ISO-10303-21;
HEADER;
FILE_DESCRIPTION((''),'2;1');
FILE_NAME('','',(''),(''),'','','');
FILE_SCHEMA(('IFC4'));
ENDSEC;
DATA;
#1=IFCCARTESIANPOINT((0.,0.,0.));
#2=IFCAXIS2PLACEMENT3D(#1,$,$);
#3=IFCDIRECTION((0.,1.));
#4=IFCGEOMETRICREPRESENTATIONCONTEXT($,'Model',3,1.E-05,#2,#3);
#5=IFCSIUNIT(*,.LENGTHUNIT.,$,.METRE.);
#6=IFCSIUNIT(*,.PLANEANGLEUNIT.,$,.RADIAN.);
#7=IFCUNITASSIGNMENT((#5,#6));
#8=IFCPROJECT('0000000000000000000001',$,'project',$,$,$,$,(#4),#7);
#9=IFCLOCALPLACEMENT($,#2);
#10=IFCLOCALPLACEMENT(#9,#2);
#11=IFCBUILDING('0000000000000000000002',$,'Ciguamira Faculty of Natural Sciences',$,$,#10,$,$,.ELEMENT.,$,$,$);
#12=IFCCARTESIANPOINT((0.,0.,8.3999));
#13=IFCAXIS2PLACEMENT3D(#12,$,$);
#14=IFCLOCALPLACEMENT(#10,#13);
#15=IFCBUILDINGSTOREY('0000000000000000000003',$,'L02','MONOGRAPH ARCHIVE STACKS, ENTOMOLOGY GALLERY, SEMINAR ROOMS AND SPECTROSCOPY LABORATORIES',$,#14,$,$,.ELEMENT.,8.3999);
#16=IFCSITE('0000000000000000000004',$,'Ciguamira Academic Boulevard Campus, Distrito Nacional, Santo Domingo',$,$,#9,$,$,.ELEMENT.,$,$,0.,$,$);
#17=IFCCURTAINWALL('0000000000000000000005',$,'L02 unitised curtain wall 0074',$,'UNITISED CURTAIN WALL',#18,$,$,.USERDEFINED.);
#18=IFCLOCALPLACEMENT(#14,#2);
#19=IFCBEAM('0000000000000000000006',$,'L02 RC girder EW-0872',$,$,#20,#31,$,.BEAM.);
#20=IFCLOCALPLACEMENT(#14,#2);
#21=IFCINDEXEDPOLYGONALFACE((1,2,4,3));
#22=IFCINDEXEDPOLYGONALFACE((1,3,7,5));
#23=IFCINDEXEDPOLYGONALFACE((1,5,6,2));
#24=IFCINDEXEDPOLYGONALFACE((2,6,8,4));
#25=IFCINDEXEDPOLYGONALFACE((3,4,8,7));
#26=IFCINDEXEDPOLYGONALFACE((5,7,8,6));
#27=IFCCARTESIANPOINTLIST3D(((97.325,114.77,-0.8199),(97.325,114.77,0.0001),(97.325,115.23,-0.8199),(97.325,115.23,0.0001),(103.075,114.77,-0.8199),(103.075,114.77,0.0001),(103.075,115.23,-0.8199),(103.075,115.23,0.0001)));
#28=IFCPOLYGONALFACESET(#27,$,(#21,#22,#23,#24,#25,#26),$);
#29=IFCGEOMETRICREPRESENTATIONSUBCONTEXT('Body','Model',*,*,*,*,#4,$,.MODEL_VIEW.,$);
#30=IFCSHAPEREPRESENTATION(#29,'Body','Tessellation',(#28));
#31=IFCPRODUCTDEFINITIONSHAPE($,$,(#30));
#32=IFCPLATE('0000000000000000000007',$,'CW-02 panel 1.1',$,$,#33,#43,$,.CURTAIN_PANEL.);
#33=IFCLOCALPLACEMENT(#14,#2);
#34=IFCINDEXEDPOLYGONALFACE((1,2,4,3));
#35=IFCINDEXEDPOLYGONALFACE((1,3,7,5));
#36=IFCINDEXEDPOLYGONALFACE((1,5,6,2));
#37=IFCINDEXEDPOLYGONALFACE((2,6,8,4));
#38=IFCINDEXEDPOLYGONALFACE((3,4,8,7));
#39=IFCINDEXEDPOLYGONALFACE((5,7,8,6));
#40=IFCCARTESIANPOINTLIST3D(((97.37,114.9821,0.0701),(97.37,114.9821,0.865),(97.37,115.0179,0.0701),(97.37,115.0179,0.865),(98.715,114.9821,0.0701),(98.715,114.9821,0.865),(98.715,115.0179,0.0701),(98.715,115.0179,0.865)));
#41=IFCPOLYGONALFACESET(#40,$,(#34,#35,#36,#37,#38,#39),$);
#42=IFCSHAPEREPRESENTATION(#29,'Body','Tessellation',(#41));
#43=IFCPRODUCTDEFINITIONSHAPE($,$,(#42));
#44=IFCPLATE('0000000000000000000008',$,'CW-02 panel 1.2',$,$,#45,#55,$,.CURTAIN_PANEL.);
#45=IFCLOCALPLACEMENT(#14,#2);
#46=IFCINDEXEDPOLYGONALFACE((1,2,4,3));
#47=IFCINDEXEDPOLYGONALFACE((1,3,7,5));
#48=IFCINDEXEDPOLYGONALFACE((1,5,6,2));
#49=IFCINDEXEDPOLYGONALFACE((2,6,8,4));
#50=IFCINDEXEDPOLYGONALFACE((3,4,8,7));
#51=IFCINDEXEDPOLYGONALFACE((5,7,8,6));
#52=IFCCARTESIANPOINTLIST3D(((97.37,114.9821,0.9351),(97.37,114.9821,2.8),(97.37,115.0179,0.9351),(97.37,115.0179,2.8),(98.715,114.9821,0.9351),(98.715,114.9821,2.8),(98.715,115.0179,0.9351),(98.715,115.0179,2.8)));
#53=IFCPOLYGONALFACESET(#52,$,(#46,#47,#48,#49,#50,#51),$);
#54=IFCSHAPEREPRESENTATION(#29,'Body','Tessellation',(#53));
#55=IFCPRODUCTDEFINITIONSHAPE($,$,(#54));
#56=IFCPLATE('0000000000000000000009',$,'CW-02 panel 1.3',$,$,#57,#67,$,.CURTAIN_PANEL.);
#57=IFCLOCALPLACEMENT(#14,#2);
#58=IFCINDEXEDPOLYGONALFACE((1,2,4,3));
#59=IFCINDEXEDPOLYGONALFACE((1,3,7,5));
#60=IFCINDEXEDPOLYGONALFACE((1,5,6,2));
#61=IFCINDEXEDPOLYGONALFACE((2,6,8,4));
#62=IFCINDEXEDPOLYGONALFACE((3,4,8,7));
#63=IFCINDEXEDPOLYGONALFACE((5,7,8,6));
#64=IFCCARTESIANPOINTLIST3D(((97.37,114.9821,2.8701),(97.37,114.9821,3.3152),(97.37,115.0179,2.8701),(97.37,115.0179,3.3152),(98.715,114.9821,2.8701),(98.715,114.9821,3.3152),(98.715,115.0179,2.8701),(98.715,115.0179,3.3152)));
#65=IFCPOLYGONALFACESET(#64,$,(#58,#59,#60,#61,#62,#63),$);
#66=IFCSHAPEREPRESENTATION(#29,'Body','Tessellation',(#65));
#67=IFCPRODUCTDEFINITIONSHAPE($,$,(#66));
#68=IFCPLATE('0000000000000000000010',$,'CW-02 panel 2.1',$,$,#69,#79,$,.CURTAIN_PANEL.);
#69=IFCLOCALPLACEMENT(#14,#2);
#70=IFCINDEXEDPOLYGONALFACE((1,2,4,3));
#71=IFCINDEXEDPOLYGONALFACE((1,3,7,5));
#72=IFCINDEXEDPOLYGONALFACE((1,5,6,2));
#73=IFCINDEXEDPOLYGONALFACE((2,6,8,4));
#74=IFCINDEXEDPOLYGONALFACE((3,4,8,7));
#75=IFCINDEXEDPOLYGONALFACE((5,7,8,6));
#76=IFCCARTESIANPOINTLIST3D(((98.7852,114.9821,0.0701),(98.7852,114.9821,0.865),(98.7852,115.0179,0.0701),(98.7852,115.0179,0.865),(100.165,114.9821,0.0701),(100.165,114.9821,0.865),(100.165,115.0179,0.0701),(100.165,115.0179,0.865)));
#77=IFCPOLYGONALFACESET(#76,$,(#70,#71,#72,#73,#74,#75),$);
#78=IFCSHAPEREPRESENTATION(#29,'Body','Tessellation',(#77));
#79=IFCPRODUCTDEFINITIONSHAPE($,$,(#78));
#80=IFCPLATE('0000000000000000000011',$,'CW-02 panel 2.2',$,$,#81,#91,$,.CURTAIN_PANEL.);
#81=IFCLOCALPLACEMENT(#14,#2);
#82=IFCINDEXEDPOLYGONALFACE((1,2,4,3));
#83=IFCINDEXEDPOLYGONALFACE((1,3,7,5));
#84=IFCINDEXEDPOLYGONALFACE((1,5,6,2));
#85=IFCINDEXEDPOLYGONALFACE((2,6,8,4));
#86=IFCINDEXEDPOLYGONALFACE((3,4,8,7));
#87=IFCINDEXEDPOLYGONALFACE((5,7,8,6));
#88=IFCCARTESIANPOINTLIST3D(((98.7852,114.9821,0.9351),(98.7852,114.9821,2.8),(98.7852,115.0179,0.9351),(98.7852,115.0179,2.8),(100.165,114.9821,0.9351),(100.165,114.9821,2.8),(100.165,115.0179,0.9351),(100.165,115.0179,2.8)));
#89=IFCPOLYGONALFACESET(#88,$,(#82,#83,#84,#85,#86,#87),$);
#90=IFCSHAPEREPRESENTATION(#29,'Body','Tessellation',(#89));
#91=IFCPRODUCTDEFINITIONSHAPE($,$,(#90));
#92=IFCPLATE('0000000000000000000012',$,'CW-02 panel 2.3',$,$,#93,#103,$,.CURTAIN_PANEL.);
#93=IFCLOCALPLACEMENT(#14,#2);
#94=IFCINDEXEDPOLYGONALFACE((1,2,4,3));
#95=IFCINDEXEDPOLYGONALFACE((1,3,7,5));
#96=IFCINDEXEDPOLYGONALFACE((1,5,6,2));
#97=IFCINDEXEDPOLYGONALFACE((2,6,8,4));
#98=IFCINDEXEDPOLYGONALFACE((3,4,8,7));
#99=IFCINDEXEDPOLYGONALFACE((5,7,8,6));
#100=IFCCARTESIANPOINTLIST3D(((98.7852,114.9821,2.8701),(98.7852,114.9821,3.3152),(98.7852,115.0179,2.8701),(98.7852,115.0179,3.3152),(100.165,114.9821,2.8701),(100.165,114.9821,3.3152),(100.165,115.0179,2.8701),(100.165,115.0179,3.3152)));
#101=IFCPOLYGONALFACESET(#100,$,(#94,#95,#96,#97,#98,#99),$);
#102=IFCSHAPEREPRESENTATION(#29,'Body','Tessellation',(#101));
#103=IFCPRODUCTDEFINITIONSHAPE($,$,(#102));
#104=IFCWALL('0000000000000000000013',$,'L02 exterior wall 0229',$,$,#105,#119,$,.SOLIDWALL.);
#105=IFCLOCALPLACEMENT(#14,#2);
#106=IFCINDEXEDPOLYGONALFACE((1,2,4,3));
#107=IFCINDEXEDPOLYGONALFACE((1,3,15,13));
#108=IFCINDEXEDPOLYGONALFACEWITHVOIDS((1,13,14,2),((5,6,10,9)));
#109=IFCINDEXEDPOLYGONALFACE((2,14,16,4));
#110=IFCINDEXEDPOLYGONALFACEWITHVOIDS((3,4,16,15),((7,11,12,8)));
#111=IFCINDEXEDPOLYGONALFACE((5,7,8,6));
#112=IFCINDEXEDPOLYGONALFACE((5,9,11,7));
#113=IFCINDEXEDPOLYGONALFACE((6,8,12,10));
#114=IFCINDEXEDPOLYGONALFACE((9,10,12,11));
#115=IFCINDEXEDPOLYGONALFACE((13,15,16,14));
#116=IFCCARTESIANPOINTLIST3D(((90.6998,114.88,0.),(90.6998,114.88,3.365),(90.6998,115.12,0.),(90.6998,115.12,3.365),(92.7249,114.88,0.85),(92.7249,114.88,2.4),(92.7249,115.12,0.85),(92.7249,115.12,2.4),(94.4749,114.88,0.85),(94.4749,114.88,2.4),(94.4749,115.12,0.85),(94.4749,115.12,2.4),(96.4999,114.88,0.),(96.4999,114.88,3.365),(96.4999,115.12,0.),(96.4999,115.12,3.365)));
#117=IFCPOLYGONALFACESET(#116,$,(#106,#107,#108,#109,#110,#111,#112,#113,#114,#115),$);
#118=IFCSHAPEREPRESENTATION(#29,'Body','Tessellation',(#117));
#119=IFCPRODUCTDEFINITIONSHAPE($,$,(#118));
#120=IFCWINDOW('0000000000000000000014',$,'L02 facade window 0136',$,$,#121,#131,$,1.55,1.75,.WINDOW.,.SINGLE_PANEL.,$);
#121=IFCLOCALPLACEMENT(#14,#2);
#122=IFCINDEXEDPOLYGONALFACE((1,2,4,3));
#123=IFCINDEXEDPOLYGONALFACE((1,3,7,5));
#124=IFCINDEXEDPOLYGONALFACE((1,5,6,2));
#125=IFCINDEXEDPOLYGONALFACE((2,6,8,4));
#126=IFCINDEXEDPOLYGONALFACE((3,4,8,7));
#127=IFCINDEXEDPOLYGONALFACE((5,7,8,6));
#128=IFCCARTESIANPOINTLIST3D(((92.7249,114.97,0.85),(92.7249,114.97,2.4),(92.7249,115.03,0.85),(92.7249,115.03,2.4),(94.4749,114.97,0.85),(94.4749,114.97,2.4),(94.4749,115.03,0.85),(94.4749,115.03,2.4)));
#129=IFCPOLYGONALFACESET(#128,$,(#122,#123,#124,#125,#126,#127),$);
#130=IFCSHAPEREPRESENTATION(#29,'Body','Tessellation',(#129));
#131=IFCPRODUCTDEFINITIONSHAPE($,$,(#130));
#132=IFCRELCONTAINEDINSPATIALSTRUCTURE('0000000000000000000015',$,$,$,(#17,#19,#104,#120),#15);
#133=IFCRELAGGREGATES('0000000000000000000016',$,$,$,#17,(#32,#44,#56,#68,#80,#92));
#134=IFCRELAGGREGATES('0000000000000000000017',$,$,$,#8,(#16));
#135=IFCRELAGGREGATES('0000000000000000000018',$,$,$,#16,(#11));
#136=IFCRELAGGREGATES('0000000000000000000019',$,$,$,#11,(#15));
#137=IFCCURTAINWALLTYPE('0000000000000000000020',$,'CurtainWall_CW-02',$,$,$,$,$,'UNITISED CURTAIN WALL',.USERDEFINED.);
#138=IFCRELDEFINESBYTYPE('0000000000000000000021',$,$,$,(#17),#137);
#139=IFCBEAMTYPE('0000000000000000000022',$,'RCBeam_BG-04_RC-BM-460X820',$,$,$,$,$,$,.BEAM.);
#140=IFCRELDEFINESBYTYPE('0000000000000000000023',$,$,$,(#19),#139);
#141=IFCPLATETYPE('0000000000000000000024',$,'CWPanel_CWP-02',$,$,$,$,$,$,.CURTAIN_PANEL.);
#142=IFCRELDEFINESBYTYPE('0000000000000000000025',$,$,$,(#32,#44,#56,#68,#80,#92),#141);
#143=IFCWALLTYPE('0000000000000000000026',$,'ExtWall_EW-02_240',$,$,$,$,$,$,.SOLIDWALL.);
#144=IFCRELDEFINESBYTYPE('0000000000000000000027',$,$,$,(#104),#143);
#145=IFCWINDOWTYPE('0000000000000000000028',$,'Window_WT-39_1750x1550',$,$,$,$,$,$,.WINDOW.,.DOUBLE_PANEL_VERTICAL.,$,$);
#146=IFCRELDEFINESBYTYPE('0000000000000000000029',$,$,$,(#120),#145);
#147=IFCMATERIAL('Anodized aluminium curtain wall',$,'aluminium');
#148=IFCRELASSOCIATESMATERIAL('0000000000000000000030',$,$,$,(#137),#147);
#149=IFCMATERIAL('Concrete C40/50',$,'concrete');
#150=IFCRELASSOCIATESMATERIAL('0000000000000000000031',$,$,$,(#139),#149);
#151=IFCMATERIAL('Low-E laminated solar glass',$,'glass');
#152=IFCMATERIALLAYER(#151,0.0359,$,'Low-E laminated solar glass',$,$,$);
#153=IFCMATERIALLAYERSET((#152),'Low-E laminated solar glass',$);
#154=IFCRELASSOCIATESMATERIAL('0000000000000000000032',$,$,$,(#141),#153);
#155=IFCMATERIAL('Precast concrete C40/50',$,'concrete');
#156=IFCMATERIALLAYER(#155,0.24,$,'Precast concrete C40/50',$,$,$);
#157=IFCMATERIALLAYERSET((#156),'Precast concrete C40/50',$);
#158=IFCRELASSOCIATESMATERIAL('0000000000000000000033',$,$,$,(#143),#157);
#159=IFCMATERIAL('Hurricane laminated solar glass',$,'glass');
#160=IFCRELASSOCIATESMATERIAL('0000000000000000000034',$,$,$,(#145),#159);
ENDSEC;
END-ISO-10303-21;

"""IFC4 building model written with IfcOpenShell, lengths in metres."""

from ifc_helpers import new_model, si_unit, direction, frame, frame_2d, origin, origin_2d, place, context, subcontext, project, spatial, rectangle, extrude, material, layer, layer_set, material_profile, profile_set, type_object, element, fill, aggregate, save


model = new_model("IFC4")

# Units and contexts
model_context = context("Model", 3, precision=1e-05, world=origin(), true_north=direction((0.0, 1.0)))
body_context = subcontext(model_context, "Body", "Model", "MODEL_VIEW")
ifc_project = project(units=[si_unit("LENGTHUNIT", "METRE"), si_unit("PLANEANGLEUNIT", "RADIAN")], contexts=[model_context])

# Site, building, storey
site_placement = place(None, origin())
site = spatial("IfcSite", under=ifc_project, at=site_placement, Name="Ciguamira Academic Boulevard Campus, Distrito Nacional, Santo Domingo", CompositionType="ELEMENT", RefElevation=0.0)
building_placement = place(site_placement, origin())
building = spatial("IfcBuilding", under=site, at=building_placement, Name="Ciguamira Faculty of Natural Sciences", CompositionType="ELEMENT")
storey_placement = place(building_placement, frame((0.0, 0.0, 8.3999)))
storey = spatial("IfcBuildingStorey", under=building, at=storey_placement, Name="L02", Description="MONOGRAPH ARCHIVE STACKS, ENTOMOLOGY GALLERY, SEMINAR ROOMS AND SPECTROSCOPY LABORATORIES", CompositionType="ELEMENT", Elevation=8.3999)

# Shared definitions
ifc_material_1 = material(Name="Anodized aluminium curtain wall", Category="aluminium")

# Curtain wall
curtain_wall_type_1 = type_object("IfcCurtainWallType", Name="CurtainWall_CW-02", ElementType="UNITISED CURTAIN WALL", PredefinedType="USERDEFINED", material=ifc_material_1)
curtain_wall_1_placement = place(storey_placement, origin())
curtain_wall_1 = element("IfcCurtainWall", 1, at=curtain_wall_1_placement, inside=storey, type_object=curtain_wall_type_1, Name="L02 unitised curtain wall 0074", ObjectType="UNITISED CURTAIN WALL", PredefinedType="USERDEFINED")

# Beam
ifc_material_2 = material(Name="Concrete C40/50", Category="concrete")
ifc_material_profile_1 = material_profile(ifc_material_2, rectangle(XDim=0.46, YDim=0.8201, at=origin_2d()), Name="RC-BM-460X820")
ifc_profile_set_1 = profile_set([ifc_material_profile_1], Name="Concrete C40/50")
beam_type_1 = type_object("IfcBeamType", Name="RCBeam_BG-04_RC-BM-460X820", PredefinedType="BEAM", material=ifc_profile_set_1)
beam_1_placement = place(storey_placement, frame((97.325, 115.0, -0.4099), z_axis=(1.0, 0.0, 0.0), x_axis=(0.0, 1.0, 0.0)))
element("IfcBeam", 2, at=beam_1_placement, inside=storey, type_object=beam_type_1, Name="L02 RC girder EW-0872", PredefinedType="BEAM", context=body_context, shape_type="SweptSolid", body=[
    extrude(rectangle(XDim=0.46, YDim=0.8201, at=origin_2d()), origin(), (0.0, 0.0, 1.0), 5.75),
])

# Plates
ifc_material_3 = material(Name="Low-E laminated solar glass", Category="glass")
ifc_layer_1 = layer(ifc_material_3, 0.0359, Name="Low-E laminated solar glass")
ifc_layer_set_1 = layer_set([ifc_layer_1], Name="Low-E laminated solar glass")
plate_type = type_object("IfcPlateType", Name="CWPanel_CWP-02", PredefinedType="CURTAIN_PANEL", material=ifc_layer_set_1)
plate_1_placement = place(storey_placement, frame((98.0425, 115.0, 0.0701), z_axis=(0.0, 0.0, 1.0), x_axis=(1.0, 0.0, 0.0)))
plate_1 = element("IfcPlate", 3, at=plate_1_placement, type_object=plate_type, Name="CW-02 panel 1.1", PredefinedType="CURTAIN_PANEL", context=body_context, shape_type="SweptSolid", body=[
    extrude(rectangle(XDim=1.345, YDim=0.0359, at=origin_2d()), origin(), (0.0, 0.0, 1.0), 0.7949),
])
plate_2_placement = place(storey_placement, frame((98.0425, 115.0, 0.9351), z_axis=(0.0, 0.0, 1.0), x_axis=(1.0, 0.0, 0.0)))
plate_2 = element("IfcPlate", 4, at=plate_2_placement, type_object=plate_type, Name="CW-02 panel 1.2", PredefinedType="CURTAIN_PANEL", context=body_context, shape_type="SweptSolid", body=[
    extrude(rectangle(XDim=1.345, YDim=0.0359, at=origin_2d()), origin(), (0.0, 0.0, 1.0), 1.865),
])
plate_3_placement = place(storey_placement, frame((98.0425, 115.0, 2.8701), z_axis=(0.0, 0.0, 1.0), x_axis=(1.0, 0.0, 0.0)))
plate_3 = element("IfcPlate", 5, at=plate_3_placement, type_object=plate_type, Name="CW-02 panel 1.3", PredefinedType="CURTAIN_PANEL", context=body_context, shape_type="SweptSolid", body=[
    extrude(rectangle(XDim=1.345, YDim=0.0359, at=origin_2d()), origin(), (0.0, 0.0, 1.0), 0.4451),
])
plate_4_placement = place(storey_placement, frame((99.4751, 115.0, 0.0701), z_axis=(0.0, 0.0, 1.0), x_axis=(1.0, 0.0, 0.0)))
plate_4 = element("IfcPlate", 6, at=plate_4_placement, type_object=plate_type, Name="CW-02 panel 2.1", PredefinedType="CURTAIN_PANEL", context=body_context, shape_type="SweptSolid", body=[
    extrude(rectangle(XDim=1.3799, YDim=0.0359, at=origin_2d()), origin(), (0.0, 0.0, 1.0), 0.7949),
])
plate_5_placement = place(storey_placement, frame((99.4751, 115.0, 0.9351), z_axis=(0.0, 0.0, 1.0), x_axis=(1.0, 0.0, 0.0)))
plate_5 = element("IfcPlate", 7, at=plate_5_placement, type_object=plate_type, Name="CW-02 panel 2.2", PredefinedType="CURTAIN_PANEL", context=body_context, shape_type="SweptSolid", body=[
    extrude(rectangle(XDim=1.3799, YDim=0.0359, at=origin_2d()), origin(), (0.0, 0.0, 1.0), 1.865),
])
plate_6_placement = place(storey_placement, frame((99.4751, 115.0, 2.8701), z_axis=(0.0, 0.0, 1.0), x_axis=(1.0, 0.0, 0.0)))
plate_6 = element("IfcPlate", 8, at=plate_6_placement, type_object=plate_type, Name="CW-02 panel 2.3", PredefinedType="CURTAIN_PANEL", context=body_context, shape_type="SweptSolid", body=[
    extrude(rectangle(XDim=1.3799, YDim=0.0359, at=origin_2d()), origin(), (0.0, 0.0, 1.0), 0.4451),
])
aggregate(curtain_wall_1, [plate_1, plate_2, plate_3, plate_4, plate_5, plate_6])

# Wall, opening, window
ifc_material_4 = material(Name="Precast concrete C40/50", Category="concrete")
ifc_layer_2 = layer(ifc_material_4, 0.24, Name="Precast concrete C40/50")
ifc_layer_set_2 = layer_set([ifc_layer_2], Name="Precast concrete C40/50")
wall_type = type_object("IfcWallType", Name="ExtWall_EW-02_240", PredefinedType="SOLIDWALL", material=ifc_layer_set_2)
wall_placement = place(storey_placement, frame((90.7, 115.0, 0.0), z_axis=(0.0, 0.0, 1.0), x_axis=(1.0, 0.0, 0.0)))
wall = element("IfcWall", 9, at=wall_placement, inside=storey, type_object=wall_type, Name="L02 exterior wall 0229", PredefinedType="SOLIDWALL", context=body_context, shape_type="SweptSolid", body=[
    extrude(rectangle(XDim=5.8, YDim=0.24, at=frame_2d((2.8999, 0.0))), origin(), (0.0, 0.0, 1.0), 3.365),
])
opening_placement = place(wall_placement, frame((2.0249, 0.0, 0.8501)))
opening = element("IfcOpeningElement", 10, at=opening_placement, cuts=wall, PredefinedType="OPENING", context=body_context, shape_type="SweptSolid", body=[
    extrude(rectangle(XDim=1.75, YDim=1.55, at=frame_2d((0.875, 0.7749))), frame((0.0, 0.1299, 0.0), z_axis=(0.0, -1.0, 0.0), x_axis=(1.0, 0.0, 0.0)), (0.0, 0.0, 1.0), 0.26),
])
ifc_material_5 = material(Name="Hurricane laminated solar glass", Category="glass")
window_type = type_object("IfcWindowType", Name="Window_WT-39_1750x1550", PartitioningType="DOUBLE_PANEL_VERTICAL", PredefinedType="WINDOW", material=ifc_material_5)
window_placement = place(opening_placement, origin())
window = element("IfcWindow", 11, at=window_placement, inside=storey, type_object=window_type, Name="L02 facade window 0136", OverallHeight=1.55, OverallWidth=1.75, PartitioningType="SINGLE_PANEL", PredefinedType="WINDOW", context=body_context, shape_type="SweptSolid", body=[
    extrude(rectangle(XDim=1.75, YDim=1.55, at=frame_2d((0.875, 0.7749))), frame((0.0, 0.03, 0.0), z_axis=(0.0, -1.0, 0.0), x_axis=(1.0, 0.0, 0.0)), (0.0, 0.0, 1.0), 0.0601),
])
fill(opening, window)

save(model, "model.ifc")
